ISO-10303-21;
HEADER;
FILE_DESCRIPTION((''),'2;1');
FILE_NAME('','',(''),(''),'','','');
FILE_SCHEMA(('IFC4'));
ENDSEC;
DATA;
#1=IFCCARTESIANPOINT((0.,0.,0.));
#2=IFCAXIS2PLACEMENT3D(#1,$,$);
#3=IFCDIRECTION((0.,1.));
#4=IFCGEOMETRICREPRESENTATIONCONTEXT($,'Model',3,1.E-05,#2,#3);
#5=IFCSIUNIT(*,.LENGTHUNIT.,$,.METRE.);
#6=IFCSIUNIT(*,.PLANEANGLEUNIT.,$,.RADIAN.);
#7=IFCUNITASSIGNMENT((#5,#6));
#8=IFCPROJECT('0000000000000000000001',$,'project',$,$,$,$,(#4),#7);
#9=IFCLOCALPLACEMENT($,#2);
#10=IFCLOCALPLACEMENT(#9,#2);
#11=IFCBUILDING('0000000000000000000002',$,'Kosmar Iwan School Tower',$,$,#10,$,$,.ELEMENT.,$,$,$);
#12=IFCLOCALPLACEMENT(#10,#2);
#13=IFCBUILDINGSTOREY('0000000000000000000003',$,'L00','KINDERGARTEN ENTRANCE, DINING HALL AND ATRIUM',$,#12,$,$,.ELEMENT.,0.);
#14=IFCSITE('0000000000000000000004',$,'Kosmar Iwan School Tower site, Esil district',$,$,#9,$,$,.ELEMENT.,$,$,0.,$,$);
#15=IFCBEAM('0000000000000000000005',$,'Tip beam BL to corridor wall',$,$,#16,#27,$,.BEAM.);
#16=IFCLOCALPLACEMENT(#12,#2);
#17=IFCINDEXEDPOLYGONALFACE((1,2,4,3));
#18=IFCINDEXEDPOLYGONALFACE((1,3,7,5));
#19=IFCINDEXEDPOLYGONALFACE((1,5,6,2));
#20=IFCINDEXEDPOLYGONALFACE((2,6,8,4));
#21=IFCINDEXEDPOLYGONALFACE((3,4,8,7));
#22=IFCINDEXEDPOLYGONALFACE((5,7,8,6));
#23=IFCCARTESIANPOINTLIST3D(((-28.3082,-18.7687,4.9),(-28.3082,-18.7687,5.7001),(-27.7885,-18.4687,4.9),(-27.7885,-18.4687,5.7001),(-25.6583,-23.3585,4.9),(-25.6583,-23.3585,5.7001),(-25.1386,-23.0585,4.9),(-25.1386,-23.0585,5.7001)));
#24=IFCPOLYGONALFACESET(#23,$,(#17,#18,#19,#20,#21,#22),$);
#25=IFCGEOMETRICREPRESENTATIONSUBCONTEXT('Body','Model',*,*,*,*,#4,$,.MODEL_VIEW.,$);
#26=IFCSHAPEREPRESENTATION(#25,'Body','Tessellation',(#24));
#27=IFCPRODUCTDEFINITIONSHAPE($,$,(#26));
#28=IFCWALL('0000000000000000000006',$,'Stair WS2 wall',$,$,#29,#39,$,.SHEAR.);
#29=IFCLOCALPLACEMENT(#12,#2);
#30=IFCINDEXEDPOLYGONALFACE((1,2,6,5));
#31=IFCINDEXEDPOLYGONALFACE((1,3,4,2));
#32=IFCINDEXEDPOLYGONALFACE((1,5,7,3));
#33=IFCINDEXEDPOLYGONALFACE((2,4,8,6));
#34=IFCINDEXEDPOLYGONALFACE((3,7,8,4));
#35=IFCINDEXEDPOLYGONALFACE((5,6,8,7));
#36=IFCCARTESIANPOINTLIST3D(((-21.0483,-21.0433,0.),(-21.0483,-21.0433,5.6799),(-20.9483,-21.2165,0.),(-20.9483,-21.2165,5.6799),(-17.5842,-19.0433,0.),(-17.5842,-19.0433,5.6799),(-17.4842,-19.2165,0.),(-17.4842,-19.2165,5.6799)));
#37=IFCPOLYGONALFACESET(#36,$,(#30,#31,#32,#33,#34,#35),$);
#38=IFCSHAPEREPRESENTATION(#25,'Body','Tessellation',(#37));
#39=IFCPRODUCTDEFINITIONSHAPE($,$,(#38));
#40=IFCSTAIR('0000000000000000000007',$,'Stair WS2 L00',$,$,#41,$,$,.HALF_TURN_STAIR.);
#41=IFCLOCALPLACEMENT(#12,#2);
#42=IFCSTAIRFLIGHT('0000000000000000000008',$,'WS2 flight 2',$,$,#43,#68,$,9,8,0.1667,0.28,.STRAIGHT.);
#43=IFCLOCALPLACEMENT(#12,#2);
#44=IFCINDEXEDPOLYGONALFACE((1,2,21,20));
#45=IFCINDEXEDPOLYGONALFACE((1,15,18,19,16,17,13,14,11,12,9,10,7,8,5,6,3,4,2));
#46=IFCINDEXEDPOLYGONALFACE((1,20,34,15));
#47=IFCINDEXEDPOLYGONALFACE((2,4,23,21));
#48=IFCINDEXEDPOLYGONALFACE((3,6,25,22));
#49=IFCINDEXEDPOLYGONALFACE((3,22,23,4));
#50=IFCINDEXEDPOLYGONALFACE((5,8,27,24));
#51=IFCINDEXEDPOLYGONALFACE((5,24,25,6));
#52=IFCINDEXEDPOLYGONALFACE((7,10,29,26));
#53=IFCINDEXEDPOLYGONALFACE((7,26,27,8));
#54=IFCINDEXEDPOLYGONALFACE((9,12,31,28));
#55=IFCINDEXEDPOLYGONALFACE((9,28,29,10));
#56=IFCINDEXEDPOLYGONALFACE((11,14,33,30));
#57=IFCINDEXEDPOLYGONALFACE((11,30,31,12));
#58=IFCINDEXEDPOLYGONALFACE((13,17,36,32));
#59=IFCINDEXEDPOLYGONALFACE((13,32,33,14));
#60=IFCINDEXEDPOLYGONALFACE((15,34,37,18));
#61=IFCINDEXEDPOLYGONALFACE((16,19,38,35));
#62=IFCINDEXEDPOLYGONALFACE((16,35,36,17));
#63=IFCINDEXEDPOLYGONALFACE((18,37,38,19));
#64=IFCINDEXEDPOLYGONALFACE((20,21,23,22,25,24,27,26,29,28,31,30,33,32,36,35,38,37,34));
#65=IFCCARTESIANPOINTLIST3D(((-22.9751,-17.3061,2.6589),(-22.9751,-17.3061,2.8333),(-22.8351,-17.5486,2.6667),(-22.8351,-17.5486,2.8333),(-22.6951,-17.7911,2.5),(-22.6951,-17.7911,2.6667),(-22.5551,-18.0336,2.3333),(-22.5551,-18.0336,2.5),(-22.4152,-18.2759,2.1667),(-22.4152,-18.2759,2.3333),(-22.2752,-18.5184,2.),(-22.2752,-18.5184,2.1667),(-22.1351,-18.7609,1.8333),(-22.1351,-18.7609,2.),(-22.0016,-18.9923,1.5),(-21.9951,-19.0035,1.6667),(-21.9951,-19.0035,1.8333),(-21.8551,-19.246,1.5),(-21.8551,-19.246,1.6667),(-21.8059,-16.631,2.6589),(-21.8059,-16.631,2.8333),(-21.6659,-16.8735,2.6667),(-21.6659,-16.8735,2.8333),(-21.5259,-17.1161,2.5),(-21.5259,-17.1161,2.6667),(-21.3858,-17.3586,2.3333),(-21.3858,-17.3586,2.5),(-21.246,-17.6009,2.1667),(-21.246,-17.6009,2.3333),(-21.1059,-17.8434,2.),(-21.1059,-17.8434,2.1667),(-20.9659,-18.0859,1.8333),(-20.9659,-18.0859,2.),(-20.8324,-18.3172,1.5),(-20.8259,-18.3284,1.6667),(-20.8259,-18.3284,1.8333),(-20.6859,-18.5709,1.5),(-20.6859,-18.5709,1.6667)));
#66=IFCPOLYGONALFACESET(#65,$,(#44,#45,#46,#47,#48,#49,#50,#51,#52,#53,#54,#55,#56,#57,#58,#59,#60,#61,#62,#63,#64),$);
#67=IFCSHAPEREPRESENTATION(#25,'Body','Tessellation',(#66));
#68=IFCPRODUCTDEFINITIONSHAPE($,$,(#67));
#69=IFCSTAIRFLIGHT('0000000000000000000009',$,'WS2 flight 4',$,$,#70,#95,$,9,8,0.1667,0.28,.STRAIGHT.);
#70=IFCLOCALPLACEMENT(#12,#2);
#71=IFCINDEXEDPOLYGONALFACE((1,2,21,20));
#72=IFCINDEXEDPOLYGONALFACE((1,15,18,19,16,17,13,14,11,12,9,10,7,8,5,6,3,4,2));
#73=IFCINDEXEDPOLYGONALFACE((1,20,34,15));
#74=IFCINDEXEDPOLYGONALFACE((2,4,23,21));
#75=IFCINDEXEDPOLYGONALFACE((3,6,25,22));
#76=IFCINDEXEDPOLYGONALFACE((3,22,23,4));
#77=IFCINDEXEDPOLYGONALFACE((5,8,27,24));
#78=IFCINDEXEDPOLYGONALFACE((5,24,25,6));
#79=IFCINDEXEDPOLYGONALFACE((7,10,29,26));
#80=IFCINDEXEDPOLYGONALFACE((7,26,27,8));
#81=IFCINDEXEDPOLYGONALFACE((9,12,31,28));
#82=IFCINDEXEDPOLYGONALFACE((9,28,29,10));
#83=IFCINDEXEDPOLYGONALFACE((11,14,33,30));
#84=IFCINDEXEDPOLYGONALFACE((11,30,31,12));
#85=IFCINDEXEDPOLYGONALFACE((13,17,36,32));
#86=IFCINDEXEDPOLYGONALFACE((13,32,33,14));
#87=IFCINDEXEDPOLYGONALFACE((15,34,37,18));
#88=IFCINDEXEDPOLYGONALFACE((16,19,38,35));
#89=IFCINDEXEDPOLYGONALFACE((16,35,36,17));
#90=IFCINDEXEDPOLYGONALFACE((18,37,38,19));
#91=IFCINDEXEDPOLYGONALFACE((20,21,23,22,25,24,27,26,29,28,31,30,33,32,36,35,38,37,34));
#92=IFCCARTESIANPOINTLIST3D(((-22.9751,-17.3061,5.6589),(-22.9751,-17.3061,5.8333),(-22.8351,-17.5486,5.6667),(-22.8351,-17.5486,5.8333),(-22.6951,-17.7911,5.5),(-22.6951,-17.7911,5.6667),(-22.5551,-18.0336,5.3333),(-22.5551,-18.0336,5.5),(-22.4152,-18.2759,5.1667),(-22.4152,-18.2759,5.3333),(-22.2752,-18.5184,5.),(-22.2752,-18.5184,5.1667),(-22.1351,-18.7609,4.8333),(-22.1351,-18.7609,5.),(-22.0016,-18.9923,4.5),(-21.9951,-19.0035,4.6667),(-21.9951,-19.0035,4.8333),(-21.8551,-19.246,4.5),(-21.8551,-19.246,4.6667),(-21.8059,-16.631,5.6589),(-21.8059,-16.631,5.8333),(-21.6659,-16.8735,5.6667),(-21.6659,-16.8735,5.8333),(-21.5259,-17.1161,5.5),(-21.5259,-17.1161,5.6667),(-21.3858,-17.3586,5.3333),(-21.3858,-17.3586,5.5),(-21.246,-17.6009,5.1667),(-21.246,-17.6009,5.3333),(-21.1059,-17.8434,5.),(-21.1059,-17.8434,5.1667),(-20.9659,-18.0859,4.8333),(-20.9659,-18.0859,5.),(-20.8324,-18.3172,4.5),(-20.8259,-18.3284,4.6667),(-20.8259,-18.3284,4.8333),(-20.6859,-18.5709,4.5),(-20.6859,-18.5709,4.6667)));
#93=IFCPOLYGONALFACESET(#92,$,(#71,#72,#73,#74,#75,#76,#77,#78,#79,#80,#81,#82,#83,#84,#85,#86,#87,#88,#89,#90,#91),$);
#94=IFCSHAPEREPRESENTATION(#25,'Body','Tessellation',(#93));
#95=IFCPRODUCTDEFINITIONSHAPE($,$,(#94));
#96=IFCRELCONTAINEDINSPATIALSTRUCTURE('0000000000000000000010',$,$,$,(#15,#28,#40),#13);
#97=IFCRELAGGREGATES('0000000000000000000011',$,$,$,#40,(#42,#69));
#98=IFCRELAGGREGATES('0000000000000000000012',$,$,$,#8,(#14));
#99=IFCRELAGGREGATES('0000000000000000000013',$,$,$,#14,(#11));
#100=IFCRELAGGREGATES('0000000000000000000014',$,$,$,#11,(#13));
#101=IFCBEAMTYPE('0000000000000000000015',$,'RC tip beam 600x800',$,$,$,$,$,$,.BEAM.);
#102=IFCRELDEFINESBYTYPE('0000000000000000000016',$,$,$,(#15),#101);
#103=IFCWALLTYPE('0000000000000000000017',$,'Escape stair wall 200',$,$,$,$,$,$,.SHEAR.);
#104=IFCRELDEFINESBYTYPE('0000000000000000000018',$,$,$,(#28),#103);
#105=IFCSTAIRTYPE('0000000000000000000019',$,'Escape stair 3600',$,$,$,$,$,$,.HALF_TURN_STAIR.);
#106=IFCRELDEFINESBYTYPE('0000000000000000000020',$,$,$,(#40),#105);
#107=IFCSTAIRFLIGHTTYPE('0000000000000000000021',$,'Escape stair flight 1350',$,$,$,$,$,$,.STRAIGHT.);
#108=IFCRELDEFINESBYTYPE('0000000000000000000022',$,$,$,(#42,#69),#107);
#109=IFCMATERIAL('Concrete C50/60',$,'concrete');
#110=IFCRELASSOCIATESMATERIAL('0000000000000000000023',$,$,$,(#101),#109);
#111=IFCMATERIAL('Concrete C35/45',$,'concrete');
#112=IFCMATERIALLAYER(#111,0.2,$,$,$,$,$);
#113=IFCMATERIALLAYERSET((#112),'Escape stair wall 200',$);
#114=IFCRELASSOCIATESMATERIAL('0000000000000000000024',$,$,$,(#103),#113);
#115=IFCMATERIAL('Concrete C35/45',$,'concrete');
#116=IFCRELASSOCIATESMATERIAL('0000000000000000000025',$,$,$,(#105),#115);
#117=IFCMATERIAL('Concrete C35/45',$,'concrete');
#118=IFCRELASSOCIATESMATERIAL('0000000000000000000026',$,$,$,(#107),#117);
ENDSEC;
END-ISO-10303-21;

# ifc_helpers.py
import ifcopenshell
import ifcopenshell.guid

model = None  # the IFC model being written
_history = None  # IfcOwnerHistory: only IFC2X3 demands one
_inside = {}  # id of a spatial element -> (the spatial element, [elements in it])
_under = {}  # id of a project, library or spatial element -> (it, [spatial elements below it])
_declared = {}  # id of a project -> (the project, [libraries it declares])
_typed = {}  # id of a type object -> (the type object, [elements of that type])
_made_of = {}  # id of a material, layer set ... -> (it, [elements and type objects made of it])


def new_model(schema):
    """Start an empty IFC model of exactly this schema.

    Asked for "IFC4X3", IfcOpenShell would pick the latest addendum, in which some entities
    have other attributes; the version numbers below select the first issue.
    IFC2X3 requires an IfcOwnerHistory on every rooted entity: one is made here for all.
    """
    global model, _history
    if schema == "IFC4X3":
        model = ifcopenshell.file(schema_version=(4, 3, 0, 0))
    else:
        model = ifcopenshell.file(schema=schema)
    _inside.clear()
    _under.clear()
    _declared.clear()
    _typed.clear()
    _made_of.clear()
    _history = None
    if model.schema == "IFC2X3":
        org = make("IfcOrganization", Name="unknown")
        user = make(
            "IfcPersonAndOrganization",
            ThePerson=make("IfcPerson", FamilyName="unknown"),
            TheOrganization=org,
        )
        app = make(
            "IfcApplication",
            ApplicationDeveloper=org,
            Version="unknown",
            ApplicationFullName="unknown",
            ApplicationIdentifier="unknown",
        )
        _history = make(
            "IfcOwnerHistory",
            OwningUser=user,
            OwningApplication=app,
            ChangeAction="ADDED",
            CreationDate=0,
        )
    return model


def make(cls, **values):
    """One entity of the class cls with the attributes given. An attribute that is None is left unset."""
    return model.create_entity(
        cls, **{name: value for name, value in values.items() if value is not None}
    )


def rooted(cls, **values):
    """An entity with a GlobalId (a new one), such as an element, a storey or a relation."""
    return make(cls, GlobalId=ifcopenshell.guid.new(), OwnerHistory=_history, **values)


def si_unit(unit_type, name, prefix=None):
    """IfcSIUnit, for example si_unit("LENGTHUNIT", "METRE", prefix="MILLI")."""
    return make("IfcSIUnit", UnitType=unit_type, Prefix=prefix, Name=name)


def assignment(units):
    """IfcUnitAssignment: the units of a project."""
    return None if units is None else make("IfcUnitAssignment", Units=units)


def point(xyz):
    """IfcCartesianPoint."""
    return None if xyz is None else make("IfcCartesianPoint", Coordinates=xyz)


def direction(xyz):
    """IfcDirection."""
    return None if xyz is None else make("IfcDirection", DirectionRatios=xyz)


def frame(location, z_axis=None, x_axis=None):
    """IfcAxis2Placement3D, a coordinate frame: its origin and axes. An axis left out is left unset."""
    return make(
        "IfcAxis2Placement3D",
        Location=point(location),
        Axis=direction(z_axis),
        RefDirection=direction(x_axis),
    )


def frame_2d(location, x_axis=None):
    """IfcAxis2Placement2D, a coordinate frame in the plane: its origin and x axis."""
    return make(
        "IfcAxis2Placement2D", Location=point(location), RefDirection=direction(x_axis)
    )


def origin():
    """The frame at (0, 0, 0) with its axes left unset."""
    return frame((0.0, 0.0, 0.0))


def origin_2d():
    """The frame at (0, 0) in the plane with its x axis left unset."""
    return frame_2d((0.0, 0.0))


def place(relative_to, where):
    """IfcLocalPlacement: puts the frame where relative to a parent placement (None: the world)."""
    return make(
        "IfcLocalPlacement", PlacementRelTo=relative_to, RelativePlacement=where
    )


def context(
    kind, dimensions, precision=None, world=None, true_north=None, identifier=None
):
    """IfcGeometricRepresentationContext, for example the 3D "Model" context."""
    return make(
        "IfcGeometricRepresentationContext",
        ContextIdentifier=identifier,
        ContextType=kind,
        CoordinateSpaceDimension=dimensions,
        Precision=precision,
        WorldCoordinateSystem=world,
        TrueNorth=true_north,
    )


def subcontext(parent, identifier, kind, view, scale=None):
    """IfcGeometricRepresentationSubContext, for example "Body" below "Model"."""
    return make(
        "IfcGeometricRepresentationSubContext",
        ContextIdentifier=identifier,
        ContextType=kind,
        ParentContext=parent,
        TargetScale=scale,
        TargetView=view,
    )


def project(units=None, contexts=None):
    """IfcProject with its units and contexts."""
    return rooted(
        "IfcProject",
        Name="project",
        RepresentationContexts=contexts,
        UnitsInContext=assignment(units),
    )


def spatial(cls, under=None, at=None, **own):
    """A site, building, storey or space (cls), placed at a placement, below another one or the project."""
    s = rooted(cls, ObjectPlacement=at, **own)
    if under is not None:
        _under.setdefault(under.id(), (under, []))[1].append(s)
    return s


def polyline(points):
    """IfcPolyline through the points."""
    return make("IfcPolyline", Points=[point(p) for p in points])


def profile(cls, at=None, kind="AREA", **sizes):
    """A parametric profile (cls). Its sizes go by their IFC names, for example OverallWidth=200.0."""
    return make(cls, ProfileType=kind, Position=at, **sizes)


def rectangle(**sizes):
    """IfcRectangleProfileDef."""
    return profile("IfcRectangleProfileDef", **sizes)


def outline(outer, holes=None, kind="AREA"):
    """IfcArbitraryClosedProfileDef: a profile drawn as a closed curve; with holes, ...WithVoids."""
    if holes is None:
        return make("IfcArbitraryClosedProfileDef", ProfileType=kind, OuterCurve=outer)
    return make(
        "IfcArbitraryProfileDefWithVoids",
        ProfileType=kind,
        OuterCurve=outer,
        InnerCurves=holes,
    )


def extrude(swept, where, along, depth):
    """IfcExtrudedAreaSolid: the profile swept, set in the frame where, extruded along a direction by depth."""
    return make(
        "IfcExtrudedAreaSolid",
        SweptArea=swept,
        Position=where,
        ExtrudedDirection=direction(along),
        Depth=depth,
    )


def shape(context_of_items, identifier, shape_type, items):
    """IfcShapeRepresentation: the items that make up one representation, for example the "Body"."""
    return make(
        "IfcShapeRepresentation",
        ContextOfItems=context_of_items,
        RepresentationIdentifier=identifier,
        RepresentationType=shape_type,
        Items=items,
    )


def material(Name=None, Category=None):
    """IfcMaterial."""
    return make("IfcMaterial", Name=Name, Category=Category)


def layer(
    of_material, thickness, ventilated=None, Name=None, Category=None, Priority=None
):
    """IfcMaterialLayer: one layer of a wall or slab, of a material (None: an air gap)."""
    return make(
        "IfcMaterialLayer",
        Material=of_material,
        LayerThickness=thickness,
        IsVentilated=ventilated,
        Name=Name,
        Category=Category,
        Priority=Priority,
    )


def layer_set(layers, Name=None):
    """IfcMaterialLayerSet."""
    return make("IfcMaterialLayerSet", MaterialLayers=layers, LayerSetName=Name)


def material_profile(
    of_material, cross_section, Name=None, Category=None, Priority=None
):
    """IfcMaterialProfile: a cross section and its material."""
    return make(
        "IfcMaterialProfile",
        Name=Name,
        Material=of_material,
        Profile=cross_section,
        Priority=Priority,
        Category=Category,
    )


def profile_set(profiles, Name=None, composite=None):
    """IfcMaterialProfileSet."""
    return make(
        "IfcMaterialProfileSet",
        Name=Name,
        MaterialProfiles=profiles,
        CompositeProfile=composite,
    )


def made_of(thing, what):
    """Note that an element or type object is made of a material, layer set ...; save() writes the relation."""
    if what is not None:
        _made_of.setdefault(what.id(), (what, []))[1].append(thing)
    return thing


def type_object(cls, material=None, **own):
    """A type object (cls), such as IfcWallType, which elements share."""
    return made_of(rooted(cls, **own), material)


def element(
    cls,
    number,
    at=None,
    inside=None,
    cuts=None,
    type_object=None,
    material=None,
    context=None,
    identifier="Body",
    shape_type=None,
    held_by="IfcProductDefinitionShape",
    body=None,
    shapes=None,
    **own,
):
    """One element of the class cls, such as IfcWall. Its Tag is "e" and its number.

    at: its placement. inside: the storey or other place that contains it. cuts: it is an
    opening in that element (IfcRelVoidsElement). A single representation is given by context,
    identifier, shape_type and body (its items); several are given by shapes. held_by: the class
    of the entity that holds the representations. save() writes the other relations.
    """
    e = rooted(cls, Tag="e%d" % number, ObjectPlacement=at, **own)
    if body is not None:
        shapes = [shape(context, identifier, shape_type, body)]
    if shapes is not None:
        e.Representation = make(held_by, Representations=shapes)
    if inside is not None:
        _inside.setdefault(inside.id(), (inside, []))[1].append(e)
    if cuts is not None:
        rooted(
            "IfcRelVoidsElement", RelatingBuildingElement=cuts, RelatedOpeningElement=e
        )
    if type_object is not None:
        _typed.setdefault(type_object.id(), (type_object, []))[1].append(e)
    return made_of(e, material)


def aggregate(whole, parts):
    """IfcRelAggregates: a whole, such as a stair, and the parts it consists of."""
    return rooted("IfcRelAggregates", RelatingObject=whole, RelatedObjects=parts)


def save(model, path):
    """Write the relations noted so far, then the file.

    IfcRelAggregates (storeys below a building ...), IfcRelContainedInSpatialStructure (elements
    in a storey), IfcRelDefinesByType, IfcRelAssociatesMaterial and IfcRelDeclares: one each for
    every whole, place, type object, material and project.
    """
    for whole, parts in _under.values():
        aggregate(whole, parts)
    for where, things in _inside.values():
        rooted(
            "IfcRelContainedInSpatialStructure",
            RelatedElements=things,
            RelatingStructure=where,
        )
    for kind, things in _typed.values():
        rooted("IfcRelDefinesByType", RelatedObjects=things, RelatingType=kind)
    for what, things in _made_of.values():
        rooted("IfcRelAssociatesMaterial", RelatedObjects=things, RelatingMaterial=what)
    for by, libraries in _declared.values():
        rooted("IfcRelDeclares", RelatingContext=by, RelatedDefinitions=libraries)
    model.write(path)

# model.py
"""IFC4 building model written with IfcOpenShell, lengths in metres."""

from ifc_helpers import new_model, si_unit, direction, frame, frame_2d, origin, origin_2d, place, context, subcontext, project, spatial, polyline, rectangle, outline, extrude, material, layer, layer_set, material_profile, profile_set, type_object, element, aggregate, save


model = new_model("IFC4")

# Units and contexts
model_context = context("Model", 3, precision=1e-05, world=origin(), true_north=direction((0.0, 1.0)))
body_context = subcontext(model_context, "Body", "Model", "MODEL_VIEW")
ifc_project = project(units=[si_unit("LENGTHUNIT", "METRE"), si_unit("PLANEANGLEUNIT", "RADIAN")], contexts=[model_context])

# Site, building, storey
site_placement = place(None, origin())
site = spatial("IfcSite", under=ifc_project, at=site_placement, Name="Kosmar Iwan School Tower site, Esil district", CompositionType="ELEMENT", RefElevation=0.0)
building_placement = place(site_placement, origin())
building = spatial("IfcBuilding", under=site, at=building_placement, Name="Kosmar Iwan School Tower", CompositionType="ELEMENT")
storey_placement = place(building_placement, origin())
storey = spatial("IfcBuildingStorey", under=building, at=storey_placement, Name="L00", Description="KINDERGARTEN ENTRANCE, DINING HALL AND ATRIUM", CompositionType="ELEMENT", Elevation=0.0)

# Beam
ifc_material_1 = material(Name="Concrete C50/60", Category="concrete")
ifc_material_profile_1 = material_profile(ifc_material_1, rectangle(XDim=0.6001, YDim=0.8, at=origin_2d()), Name="RC 600x800")
ifc_profile_set_1 = profile_set([ifc_material_profile_1], Name="Concrete C50/60")
beam_type = type_object("IfcBeamType", Name="RC tip beam 600x800", PredefinedType="BEAM", material=ifc_profile_set_1)
beam_1_placement = place(storey_placement, frame((-25.3984, -23.2085, 5.3), z_axis=(-0.499994, 0.866029, 0.0), x_axis=(-0.866029, -0.499994, 0.0)))
element("IfcBeam", 1, at=beam_1_placement, inside=storey, type_object=beam_type, Name="Tip beam BL to corridor wall", PredefinedType="BEAM", context=body_context, shape_type="SweptSolid", body=[
    extrude(rectangle(XDim=0.6001, YDim=0.8, at=origin_2d()), origin(), (0.0, 0.0, 1.0), 5.2998),
])

# Wall
ifc_material_2 = material(Name="Concrete C35/45", Category="concrete")
ifc_layer = layer(ifc_material_2, 0.2)
ifc_layer_set = layer_set([ifc_layer], Name="Escape stair wall 200")
wall_type = type_object("IfcWallType", Name="Escape stair wall 200", PredefinedType="SHEAR", material=ifc_layer_set)
wall_placement = place(storey_placement, frame((-17.5342, -19.1299, 0.0), z_axis=(0.0, 0.0, 1.0), x_axis=(-0.866026, -0.499999, 0.0)))
element("IfcWall", 2, at=wall_placement, inside=storey, type_object=wall_type, Name="Stair WS2 wall", PredefinedType="SHEAR", context=body_context, shape_type="SweptSolid", body=[
    extrude(rectangle(XDim=4.0, YDim=0.2, at=frame_2d((2.0, 0.0))), origin(), (0.0, 0.0, 1.0), 5.6799),
])

# Stair, stair flights
ifc_material_3 = material(Name="Concrete C35/45", Category="concrete")
stair_type = type_object("IfcStairType", Name="Escape stair 3600", PredefinedType="HALF_TURN_STAIR", material=ifc_material_3)
stair_placement = place(storey_placement, origin())
stair = element("IfcStair", 3, at=stair_placement, inside=storey, type_object=stair_type, Name="Stair WS2 L00", PredefinedType="HALF_TURN_STAIR")
ifc_material_4 = material(Name="Concrete C35/45", Category="concrete")
stair_flight_type = type_object("IfcStairFlightType", Name="Escape stair flight 1350", PredefinedType="STRAIGHT", material=ifc_material_4)
stair_flight_1_placement = place(storey_placement, frame((-21.2705, -18.9084, 1.5), z_axis=(0.0, 0.0, 1.0), x_axis=(-0.5, 0.866025, 0.0)))
stair_flight_1 = element("IfcStairFlight", 4, at=stair_flight_1_placement, type_object=stair_flight_type, Name="WS2 flight 2", NumberOfRisers=9, NumberOfTreads=8, PredefinedType="STRAIGHT", RiserHeight=0.1667, TreadLength=0.28, context=body_context, shape_type="SweptSolid", body=[
    extrude(outline(polyline([(0.0, 0.0), (0.0, 0.1667), (0.28, 0.1667), (0.28, 0.3333), (0.5601, 0.3333), (0.5601, 0.5), (0.8401, 0.5), (0.8401, 0.6667), (1.1201, 0.6667), (1.1201, 0.8333), (1.3999, 0.8333), (1.3999, 1.0), (1.6799, 1.0), (1.6799, 1.1667), (1.96, 1.1667), (1.96, 1.3333), (2.24, 1.3333), (2.24, 1.5), (2.24, 1.1589), (0.293, 0.0), (0.0, 0.0)])), frame((0.0, 0.675, 0.0), z_axis=(0.0, -1.0, 0.0), x_axis=(1.0, 0.0, 0.0)), (0.0, 0.0, 1.0), 1.3501),
])
stair_flight_2_placement = place(storey_placement, frame((-21.2705, -18.9084, 4.5), z_axis=(0.0, 0.0, 1.0), x_axis=(-0.5, 0.866025, 0.0)))
stair_flight_2 = element("IfcStairFlight", 5, at=stair_flight_2_placement, type_object=stair_flight_type, Name="WS2 flight 4", NumberOfRisers=9, NumberOfTreads=8, PredefinedType="STRAIGHT", RiserHeight=0.1667, TreadLength=0.28, context=body_context, shape_type="SweptSolid", body=[
    extrude(outline(polyline([(0.0, 0.0), (0.0, 0.1667), (0.28, 0.1667), (0.28, 0.3333), (0.5601, 0.3333), (0.5601, 0.5), (0.8401, 0.5), (0.8401, 0.6667), (1.1201, 0.6667), (1.1201, 0.8333), (1.3999, 0.8333), (1.3999, 1.0), (1.6799, 1.0), (1.6799, 1.1667), (1.96, 1.1667), (1.96, 1.3333), (2.24, 1.3333), (2.24, 1.5), (2.24, 1.1589), (0.293, 0.0), (0.0, 0.0)])), frame((0.0, 0.675, 0.0), z_axis=(0.0, -1.0, 0.0), x_axis=(1.0, 0.0, 0.0)), (0.0, 0.0, 1.0), 1.3501),
])
aggregate(stair, [stair_flight_1, stair_flight_2])

save(model, "model.ifc")
